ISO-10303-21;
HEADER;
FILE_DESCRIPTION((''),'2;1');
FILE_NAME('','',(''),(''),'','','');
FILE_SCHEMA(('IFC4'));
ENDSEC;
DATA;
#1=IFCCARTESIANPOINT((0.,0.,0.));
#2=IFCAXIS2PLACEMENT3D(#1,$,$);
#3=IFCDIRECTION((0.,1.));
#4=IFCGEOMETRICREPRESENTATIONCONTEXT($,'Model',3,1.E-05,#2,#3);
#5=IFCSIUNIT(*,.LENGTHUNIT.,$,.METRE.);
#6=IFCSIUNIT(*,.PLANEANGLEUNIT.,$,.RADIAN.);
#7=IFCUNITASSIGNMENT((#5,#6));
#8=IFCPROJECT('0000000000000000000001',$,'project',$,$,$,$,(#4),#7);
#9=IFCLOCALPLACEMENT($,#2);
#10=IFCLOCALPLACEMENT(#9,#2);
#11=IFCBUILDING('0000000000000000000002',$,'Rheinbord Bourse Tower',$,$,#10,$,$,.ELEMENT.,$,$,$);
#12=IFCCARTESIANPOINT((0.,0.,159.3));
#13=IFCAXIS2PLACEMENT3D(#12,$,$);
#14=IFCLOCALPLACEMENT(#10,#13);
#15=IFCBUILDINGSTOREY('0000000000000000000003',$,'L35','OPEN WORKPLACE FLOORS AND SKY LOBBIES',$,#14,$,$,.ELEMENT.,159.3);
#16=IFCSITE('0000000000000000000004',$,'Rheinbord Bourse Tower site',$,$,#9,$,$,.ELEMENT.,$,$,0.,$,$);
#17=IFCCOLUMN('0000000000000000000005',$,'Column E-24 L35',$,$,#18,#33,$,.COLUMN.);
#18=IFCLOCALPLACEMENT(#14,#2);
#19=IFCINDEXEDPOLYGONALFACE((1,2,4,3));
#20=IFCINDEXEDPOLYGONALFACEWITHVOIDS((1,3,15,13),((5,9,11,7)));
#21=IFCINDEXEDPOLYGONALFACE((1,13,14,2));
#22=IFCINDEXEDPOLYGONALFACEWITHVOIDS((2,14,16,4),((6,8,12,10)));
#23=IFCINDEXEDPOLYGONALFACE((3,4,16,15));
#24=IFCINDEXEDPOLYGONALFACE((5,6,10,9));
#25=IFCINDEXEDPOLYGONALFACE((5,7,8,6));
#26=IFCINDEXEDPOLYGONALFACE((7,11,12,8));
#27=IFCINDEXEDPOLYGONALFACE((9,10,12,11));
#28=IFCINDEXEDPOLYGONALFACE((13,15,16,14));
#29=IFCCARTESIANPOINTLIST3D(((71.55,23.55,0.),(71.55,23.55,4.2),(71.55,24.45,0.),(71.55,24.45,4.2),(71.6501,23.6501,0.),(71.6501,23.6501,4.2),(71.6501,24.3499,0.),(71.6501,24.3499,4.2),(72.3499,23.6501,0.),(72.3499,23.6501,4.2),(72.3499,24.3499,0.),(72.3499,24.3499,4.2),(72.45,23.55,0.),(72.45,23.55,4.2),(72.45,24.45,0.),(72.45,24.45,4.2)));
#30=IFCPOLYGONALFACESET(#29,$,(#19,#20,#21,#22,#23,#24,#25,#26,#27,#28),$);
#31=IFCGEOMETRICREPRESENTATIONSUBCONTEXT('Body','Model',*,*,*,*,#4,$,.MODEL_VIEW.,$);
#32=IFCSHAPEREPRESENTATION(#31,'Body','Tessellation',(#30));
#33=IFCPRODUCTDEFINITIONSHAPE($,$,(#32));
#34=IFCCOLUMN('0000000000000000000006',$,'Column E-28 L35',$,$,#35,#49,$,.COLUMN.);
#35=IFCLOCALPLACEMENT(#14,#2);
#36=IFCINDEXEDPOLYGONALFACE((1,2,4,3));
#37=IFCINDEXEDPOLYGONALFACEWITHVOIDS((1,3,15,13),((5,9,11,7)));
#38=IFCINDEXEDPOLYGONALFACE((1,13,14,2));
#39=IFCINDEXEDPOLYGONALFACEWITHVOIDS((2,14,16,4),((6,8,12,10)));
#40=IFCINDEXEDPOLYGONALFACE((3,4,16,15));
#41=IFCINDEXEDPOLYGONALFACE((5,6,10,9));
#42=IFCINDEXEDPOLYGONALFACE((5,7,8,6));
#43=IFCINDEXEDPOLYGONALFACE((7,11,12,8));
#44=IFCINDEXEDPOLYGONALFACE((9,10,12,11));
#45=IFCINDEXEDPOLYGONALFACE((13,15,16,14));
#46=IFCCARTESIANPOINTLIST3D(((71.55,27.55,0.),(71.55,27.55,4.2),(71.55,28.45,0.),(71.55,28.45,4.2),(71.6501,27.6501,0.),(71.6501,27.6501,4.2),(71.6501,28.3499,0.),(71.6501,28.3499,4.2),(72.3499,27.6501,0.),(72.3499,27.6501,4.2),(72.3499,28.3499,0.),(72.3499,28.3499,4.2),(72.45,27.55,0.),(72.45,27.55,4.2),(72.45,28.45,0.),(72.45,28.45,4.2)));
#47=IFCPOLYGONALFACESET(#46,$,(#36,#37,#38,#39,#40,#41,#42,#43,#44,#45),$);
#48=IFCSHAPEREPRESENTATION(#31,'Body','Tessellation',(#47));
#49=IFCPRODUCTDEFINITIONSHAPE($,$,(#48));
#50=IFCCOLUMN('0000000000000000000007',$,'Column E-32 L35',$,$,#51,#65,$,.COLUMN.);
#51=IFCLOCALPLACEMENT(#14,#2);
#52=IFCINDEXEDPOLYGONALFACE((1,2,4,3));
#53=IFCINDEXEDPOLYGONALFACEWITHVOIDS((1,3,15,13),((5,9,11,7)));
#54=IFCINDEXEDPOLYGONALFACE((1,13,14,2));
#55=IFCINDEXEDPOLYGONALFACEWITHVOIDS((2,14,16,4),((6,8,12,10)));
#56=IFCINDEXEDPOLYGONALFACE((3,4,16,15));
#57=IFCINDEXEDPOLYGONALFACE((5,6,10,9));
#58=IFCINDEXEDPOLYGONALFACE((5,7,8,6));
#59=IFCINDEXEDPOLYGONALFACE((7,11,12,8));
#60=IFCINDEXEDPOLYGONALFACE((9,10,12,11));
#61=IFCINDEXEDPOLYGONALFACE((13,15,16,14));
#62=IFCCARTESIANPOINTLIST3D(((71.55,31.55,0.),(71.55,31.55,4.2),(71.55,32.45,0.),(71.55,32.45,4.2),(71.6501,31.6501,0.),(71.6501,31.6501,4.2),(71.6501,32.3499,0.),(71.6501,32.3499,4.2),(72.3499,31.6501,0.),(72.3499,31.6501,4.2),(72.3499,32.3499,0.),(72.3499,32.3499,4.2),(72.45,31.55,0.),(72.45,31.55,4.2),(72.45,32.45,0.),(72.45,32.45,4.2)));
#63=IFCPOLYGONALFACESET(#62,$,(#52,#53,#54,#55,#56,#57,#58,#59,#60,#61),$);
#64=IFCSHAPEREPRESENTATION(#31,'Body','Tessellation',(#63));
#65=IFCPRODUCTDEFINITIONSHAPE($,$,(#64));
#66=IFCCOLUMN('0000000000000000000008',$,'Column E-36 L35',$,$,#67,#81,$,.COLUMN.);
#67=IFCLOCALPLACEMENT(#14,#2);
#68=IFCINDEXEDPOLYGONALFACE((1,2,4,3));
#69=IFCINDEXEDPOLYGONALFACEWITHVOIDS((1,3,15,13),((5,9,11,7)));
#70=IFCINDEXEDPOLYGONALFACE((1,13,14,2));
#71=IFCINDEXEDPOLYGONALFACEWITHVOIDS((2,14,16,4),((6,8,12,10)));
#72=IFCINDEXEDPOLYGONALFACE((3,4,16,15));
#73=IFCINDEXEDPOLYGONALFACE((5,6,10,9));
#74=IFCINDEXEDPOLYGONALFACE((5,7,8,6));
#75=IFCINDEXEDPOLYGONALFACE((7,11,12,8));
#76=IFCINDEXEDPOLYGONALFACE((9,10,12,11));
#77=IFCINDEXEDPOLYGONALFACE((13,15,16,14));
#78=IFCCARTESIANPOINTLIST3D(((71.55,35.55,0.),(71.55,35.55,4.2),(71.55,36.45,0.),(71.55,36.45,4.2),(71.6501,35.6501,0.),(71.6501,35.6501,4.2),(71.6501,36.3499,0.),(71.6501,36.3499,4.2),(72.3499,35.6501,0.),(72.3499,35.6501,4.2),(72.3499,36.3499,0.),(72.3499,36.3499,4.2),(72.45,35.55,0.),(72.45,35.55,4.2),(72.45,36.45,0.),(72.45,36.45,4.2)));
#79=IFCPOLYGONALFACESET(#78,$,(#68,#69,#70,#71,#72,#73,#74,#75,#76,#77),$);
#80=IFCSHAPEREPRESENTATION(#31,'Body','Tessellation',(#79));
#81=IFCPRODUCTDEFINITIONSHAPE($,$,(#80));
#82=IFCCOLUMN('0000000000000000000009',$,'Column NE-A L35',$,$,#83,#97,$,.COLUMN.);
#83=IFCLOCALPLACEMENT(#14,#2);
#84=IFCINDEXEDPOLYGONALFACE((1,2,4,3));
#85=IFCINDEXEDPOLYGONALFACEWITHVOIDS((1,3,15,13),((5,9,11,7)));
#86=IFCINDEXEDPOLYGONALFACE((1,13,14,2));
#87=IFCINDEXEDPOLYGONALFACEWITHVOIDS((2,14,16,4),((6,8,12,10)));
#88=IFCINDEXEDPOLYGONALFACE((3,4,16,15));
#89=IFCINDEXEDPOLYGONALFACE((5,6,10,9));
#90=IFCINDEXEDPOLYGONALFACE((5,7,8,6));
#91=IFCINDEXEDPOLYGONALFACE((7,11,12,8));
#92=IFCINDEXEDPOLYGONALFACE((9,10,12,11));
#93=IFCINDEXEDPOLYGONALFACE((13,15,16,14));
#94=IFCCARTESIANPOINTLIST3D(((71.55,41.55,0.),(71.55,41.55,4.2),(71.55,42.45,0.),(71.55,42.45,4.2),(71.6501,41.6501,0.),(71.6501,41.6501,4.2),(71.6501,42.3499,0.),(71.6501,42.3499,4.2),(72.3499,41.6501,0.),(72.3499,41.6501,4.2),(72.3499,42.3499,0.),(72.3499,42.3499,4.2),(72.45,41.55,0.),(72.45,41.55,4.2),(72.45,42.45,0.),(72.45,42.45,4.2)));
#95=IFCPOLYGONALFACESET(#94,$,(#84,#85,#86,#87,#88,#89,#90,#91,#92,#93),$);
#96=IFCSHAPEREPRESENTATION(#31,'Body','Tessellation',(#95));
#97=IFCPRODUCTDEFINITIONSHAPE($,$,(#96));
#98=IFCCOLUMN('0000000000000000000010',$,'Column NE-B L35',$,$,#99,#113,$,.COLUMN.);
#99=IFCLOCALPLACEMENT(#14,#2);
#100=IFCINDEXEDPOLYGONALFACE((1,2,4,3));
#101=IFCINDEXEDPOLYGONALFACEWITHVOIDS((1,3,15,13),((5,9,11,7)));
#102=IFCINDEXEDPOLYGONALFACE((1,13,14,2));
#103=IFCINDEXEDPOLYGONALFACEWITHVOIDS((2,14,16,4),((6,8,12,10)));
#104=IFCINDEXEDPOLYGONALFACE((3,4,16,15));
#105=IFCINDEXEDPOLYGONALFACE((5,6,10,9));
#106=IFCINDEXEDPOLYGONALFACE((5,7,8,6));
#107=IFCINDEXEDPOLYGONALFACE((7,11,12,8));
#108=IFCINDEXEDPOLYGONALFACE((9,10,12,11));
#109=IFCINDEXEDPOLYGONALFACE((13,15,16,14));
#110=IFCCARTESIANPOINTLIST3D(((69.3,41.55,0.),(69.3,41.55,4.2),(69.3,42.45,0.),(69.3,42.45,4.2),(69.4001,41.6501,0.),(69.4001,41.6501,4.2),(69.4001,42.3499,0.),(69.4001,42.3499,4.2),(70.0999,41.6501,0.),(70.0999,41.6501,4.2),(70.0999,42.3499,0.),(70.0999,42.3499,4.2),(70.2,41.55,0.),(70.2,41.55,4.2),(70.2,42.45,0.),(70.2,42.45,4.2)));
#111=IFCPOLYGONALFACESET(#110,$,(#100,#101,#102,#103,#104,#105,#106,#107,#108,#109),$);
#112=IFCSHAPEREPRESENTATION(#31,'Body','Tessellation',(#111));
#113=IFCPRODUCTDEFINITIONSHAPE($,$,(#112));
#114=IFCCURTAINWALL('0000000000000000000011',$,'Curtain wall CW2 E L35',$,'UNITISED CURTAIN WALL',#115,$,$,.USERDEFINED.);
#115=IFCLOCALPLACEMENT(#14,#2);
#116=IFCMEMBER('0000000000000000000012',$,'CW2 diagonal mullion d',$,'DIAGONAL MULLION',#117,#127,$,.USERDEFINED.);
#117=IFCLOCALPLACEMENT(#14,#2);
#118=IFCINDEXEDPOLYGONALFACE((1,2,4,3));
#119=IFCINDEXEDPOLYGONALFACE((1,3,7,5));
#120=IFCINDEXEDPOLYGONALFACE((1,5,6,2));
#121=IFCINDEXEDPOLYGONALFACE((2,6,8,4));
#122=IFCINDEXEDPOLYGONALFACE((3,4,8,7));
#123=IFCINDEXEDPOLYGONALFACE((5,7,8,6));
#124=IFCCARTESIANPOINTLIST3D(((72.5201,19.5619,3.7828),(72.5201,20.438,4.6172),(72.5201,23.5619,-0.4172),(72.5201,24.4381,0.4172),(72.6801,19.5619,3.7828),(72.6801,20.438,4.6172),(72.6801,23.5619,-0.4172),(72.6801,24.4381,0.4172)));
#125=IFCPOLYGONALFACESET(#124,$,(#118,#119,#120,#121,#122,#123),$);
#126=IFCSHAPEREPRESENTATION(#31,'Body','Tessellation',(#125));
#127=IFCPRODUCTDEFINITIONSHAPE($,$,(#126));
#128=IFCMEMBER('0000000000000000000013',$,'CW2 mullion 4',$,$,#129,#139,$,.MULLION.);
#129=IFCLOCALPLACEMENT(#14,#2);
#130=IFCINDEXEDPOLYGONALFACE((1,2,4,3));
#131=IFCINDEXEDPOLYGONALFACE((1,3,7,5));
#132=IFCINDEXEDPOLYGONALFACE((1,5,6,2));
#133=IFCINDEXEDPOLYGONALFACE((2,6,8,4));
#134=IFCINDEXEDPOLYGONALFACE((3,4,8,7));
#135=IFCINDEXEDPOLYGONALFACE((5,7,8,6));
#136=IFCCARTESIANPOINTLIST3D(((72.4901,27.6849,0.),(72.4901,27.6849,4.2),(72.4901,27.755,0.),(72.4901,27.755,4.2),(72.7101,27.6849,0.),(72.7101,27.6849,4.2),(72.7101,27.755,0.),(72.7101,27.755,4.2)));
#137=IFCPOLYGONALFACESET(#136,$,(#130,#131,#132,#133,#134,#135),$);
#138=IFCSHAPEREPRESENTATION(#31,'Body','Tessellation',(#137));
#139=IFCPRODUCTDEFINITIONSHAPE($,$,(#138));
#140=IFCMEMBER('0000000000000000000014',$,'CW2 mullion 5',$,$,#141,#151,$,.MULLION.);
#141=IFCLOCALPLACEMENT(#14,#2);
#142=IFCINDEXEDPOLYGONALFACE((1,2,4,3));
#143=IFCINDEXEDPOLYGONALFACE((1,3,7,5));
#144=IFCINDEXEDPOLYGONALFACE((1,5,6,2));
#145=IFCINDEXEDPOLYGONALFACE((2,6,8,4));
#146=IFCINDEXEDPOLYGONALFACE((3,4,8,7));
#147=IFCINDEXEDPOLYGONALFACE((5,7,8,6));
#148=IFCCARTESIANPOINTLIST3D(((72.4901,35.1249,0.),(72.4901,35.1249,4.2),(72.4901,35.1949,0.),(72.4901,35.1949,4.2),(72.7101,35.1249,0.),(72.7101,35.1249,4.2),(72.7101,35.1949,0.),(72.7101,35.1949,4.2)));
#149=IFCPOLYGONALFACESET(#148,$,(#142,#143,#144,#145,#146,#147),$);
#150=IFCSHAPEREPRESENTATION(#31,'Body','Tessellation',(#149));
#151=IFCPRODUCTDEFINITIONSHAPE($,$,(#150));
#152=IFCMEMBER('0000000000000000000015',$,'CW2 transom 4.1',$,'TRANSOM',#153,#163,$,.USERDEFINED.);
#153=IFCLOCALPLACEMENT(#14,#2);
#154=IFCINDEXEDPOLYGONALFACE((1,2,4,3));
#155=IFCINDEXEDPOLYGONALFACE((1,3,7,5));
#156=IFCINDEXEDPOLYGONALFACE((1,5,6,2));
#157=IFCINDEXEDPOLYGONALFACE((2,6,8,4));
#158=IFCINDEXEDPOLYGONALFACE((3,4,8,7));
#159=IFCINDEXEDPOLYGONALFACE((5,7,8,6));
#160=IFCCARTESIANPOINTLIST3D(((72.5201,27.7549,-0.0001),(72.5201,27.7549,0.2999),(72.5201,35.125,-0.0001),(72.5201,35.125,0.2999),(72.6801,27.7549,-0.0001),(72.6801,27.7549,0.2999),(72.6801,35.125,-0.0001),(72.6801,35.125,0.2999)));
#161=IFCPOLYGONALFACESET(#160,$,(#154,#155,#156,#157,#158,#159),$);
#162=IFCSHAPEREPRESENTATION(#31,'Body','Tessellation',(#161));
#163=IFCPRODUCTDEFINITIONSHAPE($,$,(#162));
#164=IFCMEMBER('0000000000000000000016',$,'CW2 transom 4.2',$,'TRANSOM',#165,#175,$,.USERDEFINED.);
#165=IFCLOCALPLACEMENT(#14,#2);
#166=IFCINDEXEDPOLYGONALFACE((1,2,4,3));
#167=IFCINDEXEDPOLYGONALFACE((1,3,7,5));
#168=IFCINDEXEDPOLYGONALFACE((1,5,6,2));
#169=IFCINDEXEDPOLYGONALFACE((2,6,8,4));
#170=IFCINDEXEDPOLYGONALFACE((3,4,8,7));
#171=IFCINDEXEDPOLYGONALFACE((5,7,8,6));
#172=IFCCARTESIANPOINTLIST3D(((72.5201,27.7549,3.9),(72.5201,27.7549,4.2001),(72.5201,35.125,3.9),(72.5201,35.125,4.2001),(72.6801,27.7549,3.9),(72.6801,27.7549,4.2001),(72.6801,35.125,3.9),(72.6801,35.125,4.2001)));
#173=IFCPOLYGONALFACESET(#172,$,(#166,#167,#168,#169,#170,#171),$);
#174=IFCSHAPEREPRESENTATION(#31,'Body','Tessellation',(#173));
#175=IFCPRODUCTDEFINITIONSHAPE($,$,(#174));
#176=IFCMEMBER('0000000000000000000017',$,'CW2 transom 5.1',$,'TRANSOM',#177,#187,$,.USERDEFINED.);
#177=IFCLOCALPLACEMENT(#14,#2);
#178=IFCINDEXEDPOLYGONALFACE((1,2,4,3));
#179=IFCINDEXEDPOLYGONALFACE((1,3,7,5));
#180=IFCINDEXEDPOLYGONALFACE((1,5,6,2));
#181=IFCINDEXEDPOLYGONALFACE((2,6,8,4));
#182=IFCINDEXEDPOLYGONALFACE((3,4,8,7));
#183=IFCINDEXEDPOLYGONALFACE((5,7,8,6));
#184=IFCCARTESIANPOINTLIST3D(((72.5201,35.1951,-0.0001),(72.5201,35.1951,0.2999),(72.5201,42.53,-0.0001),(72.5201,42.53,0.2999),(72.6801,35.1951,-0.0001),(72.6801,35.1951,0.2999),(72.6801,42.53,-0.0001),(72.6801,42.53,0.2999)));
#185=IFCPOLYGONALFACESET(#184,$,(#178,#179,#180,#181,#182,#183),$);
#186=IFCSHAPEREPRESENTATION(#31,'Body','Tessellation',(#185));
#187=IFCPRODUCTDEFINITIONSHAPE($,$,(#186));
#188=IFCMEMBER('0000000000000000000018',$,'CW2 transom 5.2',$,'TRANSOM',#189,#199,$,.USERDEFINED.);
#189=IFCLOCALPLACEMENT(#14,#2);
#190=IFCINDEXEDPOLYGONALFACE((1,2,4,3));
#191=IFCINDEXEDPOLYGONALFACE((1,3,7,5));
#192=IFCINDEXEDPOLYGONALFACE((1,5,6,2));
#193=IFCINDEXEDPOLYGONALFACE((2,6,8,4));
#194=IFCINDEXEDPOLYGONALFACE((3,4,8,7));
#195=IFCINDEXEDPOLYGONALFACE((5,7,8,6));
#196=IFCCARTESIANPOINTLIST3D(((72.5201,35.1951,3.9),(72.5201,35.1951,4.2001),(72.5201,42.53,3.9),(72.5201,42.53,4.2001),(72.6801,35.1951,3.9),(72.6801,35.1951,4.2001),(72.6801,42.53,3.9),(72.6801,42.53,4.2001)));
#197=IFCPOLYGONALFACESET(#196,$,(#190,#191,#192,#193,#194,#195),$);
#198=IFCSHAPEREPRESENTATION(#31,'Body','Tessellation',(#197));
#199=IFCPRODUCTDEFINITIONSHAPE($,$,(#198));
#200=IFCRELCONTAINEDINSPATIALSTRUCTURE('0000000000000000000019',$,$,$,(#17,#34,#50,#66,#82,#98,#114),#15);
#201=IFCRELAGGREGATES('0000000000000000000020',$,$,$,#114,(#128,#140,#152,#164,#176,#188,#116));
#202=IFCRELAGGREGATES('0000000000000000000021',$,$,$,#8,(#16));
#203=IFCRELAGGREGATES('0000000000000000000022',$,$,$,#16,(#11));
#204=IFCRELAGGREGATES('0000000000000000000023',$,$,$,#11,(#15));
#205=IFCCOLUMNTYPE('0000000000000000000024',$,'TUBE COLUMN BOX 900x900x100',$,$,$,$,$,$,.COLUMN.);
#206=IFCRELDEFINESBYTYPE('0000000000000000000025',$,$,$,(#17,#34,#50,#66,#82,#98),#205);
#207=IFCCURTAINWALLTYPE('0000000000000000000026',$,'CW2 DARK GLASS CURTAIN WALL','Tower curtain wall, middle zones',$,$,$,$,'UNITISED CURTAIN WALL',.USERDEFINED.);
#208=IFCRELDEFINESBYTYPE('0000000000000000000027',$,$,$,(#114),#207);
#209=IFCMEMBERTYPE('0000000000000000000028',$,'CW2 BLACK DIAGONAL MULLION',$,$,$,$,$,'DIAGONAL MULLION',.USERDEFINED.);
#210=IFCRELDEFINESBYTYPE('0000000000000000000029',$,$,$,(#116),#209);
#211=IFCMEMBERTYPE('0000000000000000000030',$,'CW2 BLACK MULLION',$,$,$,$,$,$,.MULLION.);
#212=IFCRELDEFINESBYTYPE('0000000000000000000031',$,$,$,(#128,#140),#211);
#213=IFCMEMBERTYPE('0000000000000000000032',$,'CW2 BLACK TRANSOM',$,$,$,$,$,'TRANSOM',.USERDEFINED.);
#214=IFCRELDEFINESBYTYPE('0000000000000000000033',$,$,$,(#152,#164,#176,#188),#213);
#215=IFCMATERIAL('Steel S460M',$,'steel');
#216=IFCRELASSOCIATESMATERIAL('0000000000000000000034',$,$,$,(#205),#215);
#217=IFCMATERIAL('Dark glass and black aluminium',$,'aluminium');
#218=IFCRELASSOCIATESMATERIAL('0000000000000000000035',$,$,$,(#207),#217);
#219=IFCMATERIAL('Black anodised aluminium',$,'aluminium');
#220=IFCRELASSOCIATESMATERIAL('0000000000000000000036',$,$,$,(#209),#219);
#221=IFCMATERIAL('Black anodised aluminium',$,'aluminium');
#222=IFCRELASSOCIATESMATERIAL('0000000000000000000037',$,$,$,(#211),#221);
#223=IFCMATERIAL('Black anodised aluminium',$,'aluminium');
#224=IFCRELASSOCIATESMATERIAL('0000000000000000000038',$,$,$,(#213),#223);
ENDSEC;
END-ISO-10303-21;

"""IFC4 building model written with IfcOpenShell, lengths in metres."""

from ifc_helpers import new_model, si_unit, direction, frame, origin, origin_2d, place, context, subcontext, project, spatial, rectangle, hollow_rectangle, extrude, material, material_profile, profile_set, type_object, element, aggregate, save


model = new_model("IFC4")

# Units and contexts
model_context = context("Model", 3, precision=1e-05, world=origin(), true_north=direction((0.0, 1.0)))
body_context = subcontext(model_context, "Body", "Model", "MODEL_VIEW")
ifc_project = project(units=[si_unit("LENGTHUNIT", "METRE"), si_unit("PLANEANGLEUNIT", "RADIAN")], contexts=[model_context])

# Site, building, storey
site_placement = place(None, origin())
site = spatial("IfcSite", under=ifc_project, at=site_placement, Name="Rheinbord Bourse Tower site", CompositionType="ELEMENT", RefElevation=0.0)
building_placement = place(site_placement, origin())
building = spatial("IfcBuilding", under=site, at=building_placement, Name="Rheinbord Bourse Tower", CompositionType="ELEMENT")
storey_placement = place(building_placement, frame((0.0, 0.0, 159.3)))
storey = spatial("IfcBuildingStorey", under=building, at=storey_placement, Name="L35", Description="OPEN WORKPLACE FLOORS AND SKY LOBBIES", CompositionType="ELEMENT", Elevation=159.3)

# Columns
ifc_material_1 = material(Name="Steel S460M", Category="steel")
ifc_material_profile_1 = material_profile(ifc_material_1, hollow_rectangle(XDim=0.8999, YDim=0.8999, WallThickness=0.1001, at=origin_2d()), Name="BOX 900x900x100")
ifc_profile_set_1 = profile_set([ifc_material_profile_1], Name="Steel S460M")
column_type = type_object("IfcColumnType", Name="TUBE COLUMN BOX 900x900x100", PredefinedType="COLUMN", material=ifc_profile_set_1)
for number, where, z_axis, x_axis, name in (
    (1, (72.0, 24.0, 0.0), (0.0, 0.0, 1.0), (1.0, 0.0, 0.0), "Column E-24 L35"),
    (2, (72.0, 28.0, 0.0), (0.0, 0.0, 1.0), (1.0, 0.0, 0.0), "Column E-28 L35"),
    (3, (72.0, 32.0, 0.0), (0.0, 0.0, 1.0), (1.0, 0.0, 0.0), "Column E-32 L35"),
    (4, (72.0, 36.0, 0.0), (0.0, 0.0, 1.0), (1.0, 0.0, 0.0), "Column E-36 L35"),
    (5, (72.0, 42.0, 0.0), (0.0, 0.0, 1.0), (1.0, 0.0, 0.0), "Column NE-A L35"),
    (6, (69.75, 42.0, 0.0), (0.0, 0.0, 1.0), (1.0, 0.0, 0.0), "Column NE-B L35"),
):
    element("IfcColumn", number, at=place(storey_placement, frame(where, z_axis=z_axis, x_axis=x_axis)), inside=storey, type_object=column_type, Name=name, PredefinedType="COLUMN", context=body_context, shape_type="SweptSolid", body=[
        extrude(hollow_rectangle(XDim=0.8999, YDim=0.8999, WallThickness=0.1001, at=origin_2d()), origin(), (0.0, 0.0, 1.0), 4.2),
    ])

# Curtain wall, members
ifc_material_2 = material(Name="Dark glass and black aluminium", Category="aluminium")
curtain_wall_type = type_object("IfcCurtainWallType", Name="CW2 DARK GLASS CURTAIN WALL", Description="Tower curtain wall, middle zones", ElementType="UNITISED CURTAIN WALL", PredefinedType="USERDEFINED", material=ifc_material_2)
curtain_wall_placement = place(storey_placement, origin())
curtain_wall = element("IfcCurtainWall", 7, at=curtain_wall_placement, inside=storey, type_object=curtain_wall_type, Name="Curtain wall CW2 E L35", ObjectType="UNITISED CURTAIN WALL", PredefinedType="USERDEFINED")
ifc_material_3 = material(Name="Black anodised aluminium", Category="aluminium")
ifc_material_profile_2 = material_profile(ifc_material_3, rectangle(XDim=0.1599, YDim=1.21, at=origin_2d()), Name="CW2 DIAGONAL MULLION 1210x160")
ifc_profile_set_2 = profile_set([ifc_material_profile_2], Name="Black anodised aluminium")
member_type_1 = type_object("IfcMemberType", Name="CW2 BLACK DIAGONAL MULLION", ElementType="DIAGONAL MULLION", PredefinedType="USERDEFINED", material=ifc_profile_set_2)
member_1_placement = place(storey_placement, frame((72.6001, 24.0, 0.0), z_axis=(0.0, -0.689659, 0.724134), x_axis=(1.0, 0.0, 0.0)))
member_1 = element("IfcMember", 8, at=member_1_placement, type_object=member_type_1, Name="CW2 diagonal mullion d", ObjectType="DIAGONAL MULLION", PredefinedType="USERDEFINED", context=body_context, shape_type="SweptSolid", body=[
    extrude(rectangle(XDim=0.1599, YDim=1.21, at=origin_2d()), origin(), (0.0, 0.0, 1.0), 5.8),
])
ifc_material_4 = material(Name="Black anodised aluminium", Category="aluminium")
ifc_material_profile_3 = material_profile(ifc_material_4, rectangle(XDim=0.22, YDim=0.0701, at=origin_2d()), Name="CW2 MULLION 70x220")
ifc_profile_set_3 = profile_set([ifc_material_profile_3], Name="Black anodised aluminium")
member_type_2 = type_object("IfcMemberType", Name="CW2 BLACK MULLION", PredefinedType="MULLION", material=ifc_profile_set_3)
member_2_placement = place(storey_placement, frame((72.6001, 27.72, 0.0), z_axis=(0.0, 0.0, 1.0), x_axis=(-1.0, 0.0, 0.0)))
member_2 = element("IfcMember", 9, at=member_2_placement, type_object=member_type_2, Name="CW2 mullion 4", PredefinedType="MULLION", context=body_context, shape_type="SweptSolid", body=[
    extrude(rectangle(XDim=0.22, YDim=0.0701, at=origin_2d()), origin(), (0.0, 0.0, 1.0), 4.2),
])
member_3_placement = place(storey_placement, frame((72.6001, 35.1599, 0.0), z_axis=(0.0, 0.0, 1.0), x_axis=(-1.0, 0.0, 0.0)))
member_3 = element("IfcMember", 10, at=member_3_placement, type_object=member_type_2, Name="CW2 mullion 5", PredefinedType="MULLION", context=body_context, shape_type="SweptSolid", body=[
    extrude(rectangle(XDim=0.22, YDim=0.0701, at=origin_2d()), origin(), (0.0, 0.0, 1.0), 4.2),
])
ifc_material_5 = material(Name="Black anodised aluminium", Category="aluminium")
ifc_material_profile_4 = material_profile(ifc_material_5, rectangle(XDim=0.1599, YDim=0.3, at=origin_2d()), Name="CW2 TRANSOM 300x160")
ifc_profile_set_4 = profile_set([ifc_material_profile_4], Name="Black anodised aluminium")
member_type_3 = type_object("IfcMemberType", Name="CW2 BLACK TRANSOM", ElementType="TRANSOM", PredefinedType="USERDEFINED", material=ifc_profile_set_4)
member_4_placement = place(storey_placement, frame((72.6001, 27.7549, 0.1499), z_axis=(0.0, 1.0, 0.0), x_axis=(-1.0, 0.0, 0.0)))
member_4 = element("IfcMember", 11, at=member_4_placement, type_object=member_type_3, Name="CW2 transom 4.1", ObjectType="TRANSOM", PredefinedType="USERDEFINED", context=body_context, shape_type="SweptSolid", body=[
    extrude(rectangle(XDim=0.1599, YDim=0.3, at=origin_2d()), origin(), (0.0, 0.0, 1.0), 7.3701),
])
member_5_placement = place(storey_placement, frame((72.6001, 27.7549, 4.05), z_axis=(0.0, 1.0, 0.0), x_axis=(-1.0, 0.0, 0.0)))
member_5 = element("IfcMember", 12, at=member_5_placement, type_object=member_type_3, Name="CW2 transom 4.2", ObjectType="TRANSOM", PredefinedType="USERDEFINED", context=body_context, shape_type="SweptSolid", body=[
    extrude(rectangle(XDim=0.1599, YDim=0.3, at=origin_2d()), origin(), (0.0, 0.0, 1.0), 7.3701),
])
member_6_placement = place(storey_placement, frame((72.6001, 35.1951, 0.1499), z_axis=(0.0, 1.0, 0.0), x_axis=(-1.0, 0.0, 0.0)))
member_6 = element("IfcMember", 13, at=member_6_placement, type_object=member_type_3, Name="CW2 transom 5.1", ObjectType="TRANSOM", PredefinedType="USERDEFINED", context=body_context, shape_type="SweptSolid", body=[
    extrude(rectangle(XDim=0.1599, YDim=0.3, at=origin_2d()), origin(), (0.0, 0.0, 1.0), 7.335),
])
member_7_placement = place(storey_placement, frame((72.6001, 35.1951, 4.05), z_axis=(0.0, 1.0, 0.0), x_axis=(-1.0, 0.0, 0.0)))
member_7 = element("IfcMember", 14, at=member_7_placement, type_object=member_type_3, Name="CW2 transom 5.2", ObjectType="TRANSOM", PredefinedType="USERDEFINED", context=body_context, shape_type="SweptSolid", body=[
    extrude(rectangle(XDim=0.1599, YDim=0.3, at=origin_2d()), origin(), (0.0, 0.0, 1.0), 7.335),
])

aggregate(curtain_wall, [member_2, member_3, member_4, member_5, member_6, member_7, member_1])

save(model, "model.ifc")
